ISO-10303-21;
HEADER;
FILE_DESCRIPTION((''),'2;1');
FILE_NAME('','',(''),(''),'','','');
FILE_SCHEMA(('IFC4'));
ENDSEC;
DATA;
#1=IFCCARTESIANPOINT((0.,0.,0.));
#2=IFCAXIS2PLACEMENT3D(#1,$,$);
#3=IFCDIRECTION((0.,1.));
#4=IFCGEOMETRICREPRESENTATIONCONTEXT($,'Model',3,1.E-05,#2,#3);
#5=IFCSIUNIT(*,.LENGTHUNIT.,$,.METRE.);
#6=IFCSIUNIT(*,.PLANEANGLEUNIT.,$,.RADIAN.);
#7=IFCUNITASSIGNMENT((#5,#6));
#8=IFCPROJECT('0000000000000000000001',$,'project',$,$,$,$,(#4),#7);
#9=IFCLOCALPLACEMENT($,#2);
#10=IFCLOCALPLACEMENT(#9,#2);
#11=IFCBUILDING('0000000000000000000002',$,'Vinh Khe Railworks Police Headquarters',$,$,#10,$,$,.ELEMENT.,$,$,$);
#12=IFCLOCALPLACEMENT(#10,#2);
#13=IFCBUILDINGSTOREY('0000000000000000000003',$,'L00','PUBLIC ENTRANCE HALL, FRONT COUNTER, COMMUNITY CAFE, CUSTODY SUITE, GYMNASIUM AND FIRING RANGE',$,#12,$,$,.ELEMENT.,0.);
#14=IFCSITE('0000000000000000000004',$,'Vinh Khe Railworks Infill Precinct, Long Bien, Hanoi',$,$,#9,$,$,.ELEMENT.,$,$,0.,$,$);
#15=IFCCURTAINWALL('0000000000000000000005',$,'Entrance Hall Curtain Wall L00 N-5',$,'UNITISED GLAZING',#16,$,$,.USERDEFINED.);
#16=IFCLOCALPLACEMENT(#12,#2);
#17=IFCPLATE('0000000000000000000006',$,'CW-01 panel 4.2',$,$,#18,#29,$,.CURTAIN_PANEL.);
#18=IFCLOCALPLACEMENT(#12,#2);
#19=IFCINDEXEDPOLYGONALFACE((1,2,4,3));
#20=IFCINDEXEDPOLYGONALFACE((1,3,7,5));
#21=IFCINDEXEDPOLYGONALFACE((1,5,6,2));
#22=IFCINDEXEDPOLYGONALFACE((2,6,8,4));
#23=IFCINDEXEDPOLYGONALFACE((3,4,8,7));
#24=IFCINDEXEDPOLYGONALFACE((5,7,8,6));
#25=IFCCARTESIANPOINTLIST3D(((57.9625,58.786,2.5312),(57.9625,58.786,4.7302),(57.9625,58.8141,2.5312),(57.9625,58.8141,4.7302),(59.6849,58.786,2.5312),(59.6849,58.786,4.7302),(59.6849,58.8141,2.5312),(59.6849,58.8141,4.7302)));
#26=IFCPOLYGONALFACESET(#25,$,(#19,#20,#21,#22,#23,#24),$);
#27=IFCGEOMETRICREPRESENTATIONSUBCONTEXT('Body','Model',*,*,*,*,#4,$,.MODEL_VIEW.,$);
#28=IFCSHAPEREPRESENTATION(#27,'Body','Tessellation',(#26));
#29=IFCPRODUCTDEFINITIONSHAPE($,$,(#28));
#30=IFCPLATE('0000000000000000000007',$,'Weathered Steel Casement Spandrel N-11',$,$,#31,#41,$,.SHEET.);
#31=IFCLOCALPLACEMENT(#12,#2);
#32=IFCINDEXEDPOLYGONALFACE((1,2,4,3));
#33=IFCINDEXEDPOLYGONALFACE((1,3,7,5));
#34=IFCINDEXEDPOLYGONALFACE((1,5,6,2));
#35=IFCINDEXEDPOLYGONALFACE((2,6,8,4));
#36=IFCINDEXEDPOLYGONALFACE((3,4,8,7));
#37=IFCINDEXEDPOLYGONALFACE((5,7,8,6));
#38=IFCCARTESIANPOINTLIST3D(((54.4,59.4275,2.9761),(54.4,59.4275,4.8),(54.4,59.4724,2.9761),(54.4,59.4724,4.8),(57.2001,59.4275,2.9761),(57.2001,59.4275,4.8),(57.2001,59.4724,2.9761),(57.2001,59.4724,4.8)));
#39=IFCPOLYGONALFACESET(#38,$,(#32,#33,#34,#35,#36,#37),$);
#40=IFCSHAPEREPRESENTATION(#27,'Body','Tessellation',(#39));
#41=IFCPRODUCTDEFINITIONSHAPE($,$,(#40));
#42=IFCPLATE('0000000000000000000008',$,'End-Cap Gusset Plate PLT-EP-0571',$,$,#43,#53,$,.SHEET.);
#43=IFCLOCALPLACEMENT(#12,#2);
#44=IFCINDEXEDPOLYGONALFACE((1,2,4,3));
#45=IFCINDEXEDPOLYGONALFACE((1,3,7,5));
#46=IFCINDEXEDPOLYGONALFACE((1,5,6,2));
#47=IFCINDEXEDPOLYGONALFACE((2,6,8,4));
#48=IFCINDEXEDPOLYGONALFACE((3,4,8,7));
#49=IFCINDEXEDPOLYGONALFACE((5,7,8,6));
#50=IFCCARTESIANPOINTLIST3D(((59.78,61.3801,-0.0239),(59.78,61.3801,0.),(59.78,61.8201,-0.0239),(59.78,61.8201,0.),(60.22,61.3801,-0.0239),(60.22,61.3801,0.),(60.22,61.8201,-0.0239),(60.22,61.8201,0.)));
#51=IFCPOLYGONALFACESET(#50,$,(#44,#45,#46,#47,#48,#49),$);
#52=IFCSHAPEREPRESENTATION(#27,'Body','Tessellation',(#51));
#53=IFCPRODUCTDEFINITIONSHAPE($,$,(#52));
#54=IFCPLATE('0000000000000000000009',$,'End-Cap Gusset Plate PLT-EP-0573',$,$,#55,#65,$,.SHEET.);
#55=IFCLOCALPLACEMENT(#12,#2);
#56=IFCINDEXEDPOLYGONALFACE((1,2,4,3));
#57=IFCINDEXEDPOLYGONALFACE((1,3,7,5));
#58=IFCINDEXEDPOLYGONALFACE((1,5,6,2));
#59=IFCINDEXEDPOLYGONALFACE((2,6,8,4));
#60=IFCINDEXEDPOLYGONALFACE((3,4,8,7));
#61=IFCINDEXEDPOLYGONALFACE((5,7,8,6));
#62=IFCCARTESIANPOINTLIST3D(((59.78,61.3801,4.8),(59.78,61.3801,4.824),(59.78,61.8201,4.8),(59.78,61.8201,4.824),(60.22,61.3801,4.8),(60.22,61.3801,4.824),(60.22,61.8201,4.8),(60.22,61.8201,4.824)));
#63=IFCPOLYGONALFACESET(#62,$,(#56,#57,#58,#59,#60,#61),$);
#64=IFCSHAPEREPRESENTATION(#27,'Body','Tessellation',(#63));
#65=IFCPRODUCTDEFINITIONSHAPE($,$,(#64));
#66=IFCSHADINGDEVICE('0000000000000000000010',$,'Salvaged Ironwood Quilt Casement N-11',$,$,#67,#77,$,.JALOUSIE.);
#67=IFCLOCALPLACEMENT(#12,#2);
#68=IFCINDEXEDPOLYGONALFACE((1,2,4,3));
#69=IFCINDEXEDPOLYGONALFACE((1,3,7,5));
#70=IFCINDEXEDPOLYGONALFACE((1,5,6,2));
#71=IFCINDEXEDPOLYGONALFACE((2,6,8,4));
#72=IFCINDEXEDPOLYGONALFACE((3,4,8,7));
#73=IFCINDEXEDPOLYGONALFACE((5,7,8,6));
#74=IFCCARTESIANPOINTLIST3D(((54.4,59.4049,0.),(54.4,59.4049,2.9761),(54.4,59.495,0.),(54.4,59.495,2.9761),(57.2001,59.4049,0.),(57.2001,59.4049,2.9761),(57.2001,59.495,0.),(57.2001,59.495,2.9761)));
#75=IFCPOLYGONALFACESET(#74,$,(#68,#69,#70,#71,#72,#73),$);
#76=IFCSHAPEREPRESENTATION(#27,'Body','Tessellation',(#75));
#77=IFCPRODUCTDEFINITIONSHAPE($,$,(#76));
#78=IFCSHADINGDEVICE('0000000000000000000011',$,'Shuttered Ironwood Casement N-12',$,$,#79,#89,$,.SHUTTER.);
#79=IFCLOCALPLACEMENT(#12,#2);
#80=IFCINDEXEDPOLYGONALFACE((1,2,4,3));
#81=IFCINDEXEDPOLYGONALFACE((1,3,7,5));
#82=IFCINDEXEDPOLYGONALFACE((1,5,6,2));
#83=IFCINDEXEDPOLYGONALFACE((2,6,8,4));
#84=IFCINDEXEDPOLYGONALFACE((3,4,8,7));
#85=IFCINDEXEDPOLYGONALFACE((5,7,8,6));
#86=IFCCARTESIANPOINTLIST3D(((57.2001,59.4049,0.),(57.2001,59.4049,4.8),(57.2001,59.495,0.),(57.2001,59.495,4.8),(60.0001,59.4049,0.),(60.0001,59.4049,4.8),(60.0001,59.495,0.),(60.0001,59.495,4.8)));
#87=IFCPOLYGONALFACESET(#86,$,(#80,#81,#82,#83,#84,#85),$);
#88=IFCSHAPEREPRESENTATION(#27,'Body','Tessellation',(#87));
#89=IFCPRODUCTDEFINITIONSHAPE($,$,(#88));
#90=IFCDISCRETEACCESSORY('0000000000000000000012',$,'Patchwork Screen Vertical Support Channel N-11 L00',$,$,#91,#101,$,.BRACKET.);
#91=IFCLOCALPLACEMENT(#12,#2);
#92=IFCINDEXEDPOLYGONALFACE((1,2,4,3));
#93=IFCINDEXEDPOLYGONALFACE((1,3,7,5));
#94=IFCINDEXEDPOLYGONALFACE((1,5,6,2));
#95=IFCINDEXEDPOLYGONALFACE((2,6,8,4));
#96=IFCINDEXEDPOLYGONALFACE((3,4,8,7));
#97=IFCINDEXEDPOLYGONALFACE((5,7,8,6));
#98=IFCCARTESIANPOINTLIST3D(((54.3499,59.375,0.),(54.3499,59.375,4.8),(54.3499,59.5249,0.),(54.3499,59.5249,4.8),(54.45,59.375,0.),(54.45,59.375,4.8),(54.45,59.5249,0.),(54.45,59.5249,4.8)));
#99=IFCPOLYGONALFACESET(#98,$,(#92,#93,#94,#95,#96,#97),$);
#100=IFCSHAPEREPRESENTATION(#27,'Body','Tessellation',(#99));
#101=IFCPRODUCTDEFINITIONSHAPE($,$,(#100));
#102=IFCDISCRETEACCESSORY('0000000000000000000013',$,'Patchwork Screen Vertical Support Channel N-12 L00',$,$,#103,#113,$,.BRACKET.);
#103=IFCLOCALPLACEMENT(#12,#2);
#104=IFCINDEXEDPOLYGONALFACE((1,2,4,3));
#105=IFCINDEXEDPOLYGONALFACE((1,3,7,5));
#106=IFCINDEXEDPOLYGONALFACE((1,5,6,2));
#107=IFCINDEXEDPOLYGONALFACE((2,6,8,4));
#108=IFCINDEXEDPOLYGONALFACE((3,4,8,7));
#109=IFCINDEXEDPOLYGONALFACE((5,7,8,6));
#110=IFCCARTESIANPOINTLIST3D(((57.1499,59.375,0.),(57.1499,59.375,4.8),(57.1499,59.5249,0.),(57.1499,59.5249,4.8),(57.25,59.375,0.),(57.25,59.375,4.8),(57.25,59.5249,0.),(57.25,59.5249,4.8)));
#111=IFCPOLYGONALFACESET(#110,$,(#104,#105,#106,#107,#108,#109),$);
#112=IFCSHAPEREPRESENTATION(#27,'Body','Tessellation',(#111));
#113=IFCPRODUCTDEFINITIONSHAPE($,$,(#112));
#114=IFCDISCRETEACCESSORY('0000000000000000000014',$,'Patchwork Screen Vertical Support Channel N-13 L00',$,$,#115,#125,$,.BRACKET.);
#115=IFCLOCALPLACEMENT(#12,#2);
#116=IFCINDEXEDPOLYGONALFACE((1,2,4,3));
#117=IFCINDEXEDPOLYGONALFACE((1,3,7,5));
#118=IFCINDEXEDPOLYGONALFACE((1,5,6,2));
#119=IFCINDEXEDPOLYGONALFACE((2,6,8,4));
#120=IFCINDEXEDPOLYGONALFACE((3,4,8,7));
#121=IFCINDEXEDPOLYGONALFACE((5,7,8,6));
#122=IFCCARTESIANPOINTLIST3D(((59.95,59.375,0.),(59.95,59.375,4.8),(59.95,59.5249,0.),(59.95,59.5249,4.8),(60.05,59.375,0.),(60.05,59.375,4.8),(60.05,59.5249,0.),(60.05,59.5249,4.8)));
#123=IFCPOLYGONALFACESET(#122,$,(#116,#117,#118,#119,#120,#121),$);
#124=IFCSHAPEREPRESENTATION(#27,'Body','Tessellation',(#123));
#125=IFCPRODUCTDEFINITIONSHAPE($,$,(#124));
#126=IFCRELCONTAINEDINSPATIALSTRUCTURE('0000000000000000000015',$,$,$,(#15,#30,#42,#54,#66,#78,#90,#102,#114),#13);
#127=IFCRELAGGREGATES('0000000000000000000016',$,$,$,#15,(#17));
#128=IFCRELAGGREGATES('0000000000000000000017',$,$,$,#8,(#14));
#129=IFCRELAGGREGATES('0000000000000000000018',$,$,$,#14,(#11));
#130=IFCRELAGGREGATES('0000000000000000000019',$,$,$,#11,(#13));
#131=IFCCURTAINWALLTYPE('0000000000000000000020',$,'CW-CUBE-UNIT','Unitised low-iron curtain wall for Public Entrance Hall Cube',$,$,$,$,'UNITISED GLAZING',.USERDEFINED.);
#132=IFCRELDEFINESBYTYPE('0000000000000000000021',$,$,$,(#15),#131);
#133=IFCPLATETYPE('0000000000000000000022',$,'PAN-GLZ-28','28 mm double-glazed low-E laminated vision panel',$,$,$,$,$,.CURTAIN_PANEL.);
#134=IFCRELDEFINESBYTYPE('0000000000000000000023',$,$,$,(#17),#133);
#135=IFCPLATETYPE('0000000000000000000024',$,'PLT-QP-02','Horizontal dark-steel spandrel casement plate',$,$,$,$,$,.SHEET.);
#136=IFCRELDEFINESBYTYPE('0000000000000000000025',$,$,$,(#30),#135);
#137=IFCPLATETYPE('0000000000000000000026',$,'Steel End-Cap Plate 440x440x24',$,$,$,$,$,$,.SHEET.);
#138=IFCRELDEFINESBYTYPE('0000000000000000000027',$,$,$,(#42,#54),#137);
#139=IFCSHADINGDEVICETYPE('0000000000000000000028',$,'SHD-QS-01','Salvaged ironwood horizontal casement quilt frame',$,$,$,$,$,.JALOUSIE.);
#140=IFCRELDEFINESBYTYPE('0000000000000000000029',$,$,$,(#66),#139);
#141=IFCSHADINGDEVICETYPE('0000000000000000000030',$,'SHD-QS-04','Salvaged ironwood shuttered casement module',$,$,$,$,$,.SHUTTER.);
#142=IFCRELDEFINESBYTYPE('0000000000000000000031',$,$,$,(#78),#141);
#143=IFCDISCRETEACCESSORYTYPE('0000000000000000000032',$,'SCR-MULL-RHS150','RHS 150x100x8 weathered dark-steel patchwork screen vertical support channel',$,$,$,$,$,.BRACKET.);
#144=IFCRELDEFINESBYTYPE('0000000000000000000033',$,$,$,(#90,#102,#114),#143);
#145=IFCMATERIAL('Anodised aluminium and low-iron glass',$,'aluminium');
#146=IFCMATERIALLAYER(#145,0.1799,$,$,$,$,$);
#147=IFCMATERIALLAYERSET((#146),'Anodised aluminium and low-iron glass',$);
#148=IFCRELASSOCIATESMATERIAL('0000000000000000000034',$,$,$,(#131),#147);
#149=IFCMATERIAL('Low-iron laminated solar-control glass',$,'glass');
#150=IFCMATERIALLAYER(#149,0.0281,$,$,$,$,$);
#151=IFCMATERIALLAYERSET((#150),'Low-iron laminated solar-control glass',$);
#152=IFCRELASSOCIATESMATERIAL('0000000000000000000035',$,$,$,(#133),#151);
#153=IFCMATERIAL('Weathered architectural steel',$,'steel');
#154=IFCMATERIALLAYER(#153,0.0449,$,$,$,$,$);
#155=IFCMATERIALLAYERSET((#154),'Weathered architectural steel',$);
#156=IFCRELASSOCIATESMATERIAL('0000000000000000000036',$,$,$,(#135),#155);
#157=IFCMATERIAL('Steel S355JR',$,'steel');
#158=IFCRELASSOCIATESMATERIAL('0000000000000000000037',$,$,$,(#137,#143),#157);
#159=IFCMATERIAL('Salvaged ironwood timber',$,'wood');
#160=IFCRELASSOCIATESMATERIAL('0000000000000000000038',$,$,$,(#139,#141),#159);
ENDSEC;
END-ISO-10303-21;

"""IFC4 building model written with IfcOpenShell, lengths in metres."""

from ifc_helpers import new_model, si_unit, direction, frame, origin, origin_2d, place, context, subcontext, project, spatial, rectangle, extrude, material, layer, layer_set, material_profile, profile_set, type_object, element, aggregate, save


model = new_model("IFC4")

# Units and contexts
model_context = context("Model", 3, precision=1e-05, world=origin(), true_north=direction((0.0, 1.0)))
body_context = subcontext(model_context, "Body", "Model", "MODEL_VIEW")
ifc_project = project(units=[si_unit("LENGTHUNIT", "METRE"), si_unit("PLANEANGLEUNIT", "RADIAN")], contexts=[model_context])

# Site, building, storey
site_placement = place(None, origin())
site = spatial("IfcSite", under=ifc_project, at=site_placement, Name="Vinh Khe Railworks Infill Precinct, Long Bien, Hanoi", CompositionType="ELEMENT", RefElevation=0.0)
building_placement = place(site_placement, origin())
building = spatial("IfcBuilding", under=site, at=building_placement, Name="Vinh Khe Railworks Police Headquarters", CompositionType="ELEMENT")
storey_placement = place(building_placement, origin())
storey = spatial("IfcBuildingStorey", under=building, at=storey_placement, Name="L00", Description="PUBLIC ENTRANCE HALL, FRONT COUNTER, COMMUNITY CAFE, CUSTODY SUITE, GYMNASIUM AND FIRING RANGE", CompositionType="ELEMENT", Elevation=0.0)

# Shared definitions
ifc_material_1 = material(Name="Steel S355JR", Category="steel")

# Shared definitions
ifc_material_2 = material(Name="Salvaged ironwood timber", Category="wood")

# Curtain wall
ifc_material_3 = material(Name="Anodised aluminium and low-iron glass", Category="aluminium")
ifc_layer_1 = layer(ifc_material_3, 0.1799)
ifc_layer_set_1 = layer_set([ifc_layer_1], Name="Anodised aluminium and low-iron glass")
curtain_wall_type = type_object("IfcCurtainWallType", Name="CW-CUBE-UNIT", Description="Unitised low-iron curtain wall for Public Entrance Hall Cube", ElementType="UNITISED GLAZING", PredefinedType="USERDEFINED", material=ifc_layer_set_1)
curtain_wall_placement = place(storey_placement, origin())
curtain_wall = element("IfcCurtainWall", 1, at=curtain_wall_placement, inside=storey, type_object=curtain_wall_type, Name="Entrance Hall Curtain Wall L00 N-5", ObjectType="UNITISED GLAZING", PredefinedType="USERDEFINED")

# Plate
ifc_material_4 = material(Name="Low-iron laminated solar-control glass", Category="glass")
ifc_layer_2 = layer(ifc_material_4, 0.0281)
ifc_layer_set_2 = layer_set([ifc_layer_2], Name="Low-iron laminated solar-control glass")
plate_type_1 = type_object("IfcPlateType", Name="PAN-GLZ-28", Description="28 mm double-glazed low-E laminated vision panel", PredefinedType="CURTAIN_PANEL", material=ifc_layer_set_2)
plate_1_placement = place(storey_placement, frame((58.8237, 58.8, 2.5312), z_axis=(0.0, 0.0, 1.0), x_axis=(1.0, 0.0, 0.0)))
plate_1 = element("IfcPlate", 2, at=plate_1_placement, type_object=plate_type_1, Name="CW-01 panel 4.2", PredefinedType="CURTAIN_PANEL", context=body_context, shape_type="SweptSolid", body=[
    extrude(rectangle(XDim=1.7224, YDim=0.0281, at=origin_2d()), origin(), (0.0, 0.0, 1.0), 2.199),
])
aggregate(curtain_wall, [plate_1])

# Plates
ifc_material_5 = material(Name="Weathered architectural steel", Category="steel")
ifc_layer_3 = layer(ifc_material_5, 0.0449)
ifc_layer_set_3 = layer_set([ifc_layer_3], Name="Weathered architectural steel")
plate_type_2 = type_object("IfcPlateType", Name="PLT-QP-02", Description="Horizontal dark-steel spandrel casement plate", PredefinedType="SHEET", material=ifc_layer_set_3)
plate_2_placement = place(storey_placement, frame((55.8, 59.45, 2.9761), z_axis=(0.0, 0.0, 1.0), x_axis=(1.0, 0.0, 0.0)))
element("IfcPlate", 3, at=plate_2_placement, inside=storey, type_object=plate_type_2, Name="Weathered Steel Casement Spandrel N-11", PredefinedType="SHEET", context=body_context, shape_type="SweptSolid", body=[
    extrude(rectangle(XDim=2.8, YDim=0.0449, at=origin_2d()), origin(), (0.0, 0.0, 1.0), 1.824),
])
ifc_material_profile_1 = material_profile(ifc_material_1, rectangle(XDim=0.4399, YDim=0.4399, at=origin_2d()), Name="PL 440x440")
ifc_profile_set_1 = profile_set([ifc_material_profile_1], Name="Steel S355JR")
plate_type_3 = type_object("IfcPlateType", Name="Steel End-Cap Plate 440x440x24", PredefinedType="SHEET", material=ifc_profile_set_1)
for number, where, z_axis, x_axis, name in (
    (4, (60.0, 61.6001, 0.0), (0.0, 0.0, -1.0), (1.0, 0.0, 0.0), "End-Cap Gusset Plate PLT-EP-0571"),
    (5, (60.0, 61.6001, 4.8), (0.0, 0.0, 1.0), (1.0, 0.0, 0.0), "End-Cap Gusset Plate PLT-EP-0573"),
):
    element("IfcPlate", number, at=place(storey_placement, frame(where, z_axis=z_axis, x_axis=x_axis)), inside=storey, type_object=plate_type_3, Name=name, PredefinedType="SHEET", context=body_context, shape_type="SweptSolid", body=[
        extrude(rectangle(XDim=0.4399, YDim=0.4399, at=origin_2d()), origin(), (0.0, 0.0, 1.0), 0.0239),
    ])

# Shading devices
shading_device_type_1 = type_object("IfcShadingDeviceType", Name="SHD-QS-01", Description="Salvaged ironwood horizontal casement quilt frame", PredefinedType="JALOUSIE", material=ifc_material_2)
shading_device_1_placement = place(storey_placement, frame((55.8, 59.45, 0.0), z_axis=(0.0, 0.0, 1.0), x_axis=(1.0, 0.0, 0.0)))
element("IfcShadingDevice", 6, at=shading_device_1_placement, inside=storey, type_object=shading_device_type_1, Name="Salvaged Ironwood Quilt Casement N-11", PredefinedType="JALOUSIE", context=body_context, shape_type="SweptSolid", body=[
    extrude(rectangle(XDim=2.8, YDim=0.0901, at=origin_2d()), origin(), (0.0, 0.0, 1.0), 2.9761),
])
shading_device_type_2 = type_object("IfcShadingDeviceType", Name="SHD-QS-04", Description="Salvaged ironwood shuttered casement module", PredefinedType="SHUTTER", material=ifc_material_2)
shading_device_2_placement = place(storey_placement, frame((58.6001, 59.45, 0.0), z_axis=(0.0, 0.0, 1.0), x_axis=(1.0, 0.0, 0.0)))
element("IfcShadingDevice", 7, at=shading_device_2_placement, inside=storey, type_object=shading_device_type_2, Name="Shuttered Ironwood Casement N-12", PredefinedType="SHUTTER", context=body_context, shape_type="SweptSolid", body=[
    extrude(rectangle(XDim=2.8, YDim=0.0901, at=origin_2d()), origin(), (0.0, 0.0, 1.0), 4.8),
])

# Discrete accessories
discrete_accessory_type = type_object("IfcDiscreteAccessoryType", Name="SCR-MULL-RHS150", Description="RHS 150x100x8 weathered dark-steel patchwork screen vertical support channel", PredefinedType="BRACKET", material=ifc_material_1)
for number, where, z_axis, x_axis, name in (
    (8, (54.3999, 59.45, 0.0), (0.0, 0.0, 1.0), (1.0, 0.0, 0.0), "Patchwork Screen Vertical Support Channel N-11 L00"),
    (9, (57.2, 59.45, 0.0), (0.0, 0.0, 1.0), (1.0, 0.0, 0.0), "Patchwork Screen Vertical Support Channel N-12 L00"),
    (10, (60.0, 59.45, 0.0), (0.0, 0.0, 1.0), (1.0, 0.0, 0.0), "Patchwork Screen Vertical Support Channel N-13 L00"),
):
    element("IfcDiscreteAccessory", number, at=place(storey_placement, frame(where, z_axis=z_axis, x_axis=x_axis)), inside=storey, type_object=discrete_accessory_type, Name=name, PredefinedType="BRACKET", context=body_context, shape_type="SweptSolid", body=[
        extrude(rectangle(XDim=0.1001, YDim=0.1499, at=origin_2d()), origin(), (0.0, 0.0, 1.0), 4.8),
    ])

save(model, "model.ifc")
